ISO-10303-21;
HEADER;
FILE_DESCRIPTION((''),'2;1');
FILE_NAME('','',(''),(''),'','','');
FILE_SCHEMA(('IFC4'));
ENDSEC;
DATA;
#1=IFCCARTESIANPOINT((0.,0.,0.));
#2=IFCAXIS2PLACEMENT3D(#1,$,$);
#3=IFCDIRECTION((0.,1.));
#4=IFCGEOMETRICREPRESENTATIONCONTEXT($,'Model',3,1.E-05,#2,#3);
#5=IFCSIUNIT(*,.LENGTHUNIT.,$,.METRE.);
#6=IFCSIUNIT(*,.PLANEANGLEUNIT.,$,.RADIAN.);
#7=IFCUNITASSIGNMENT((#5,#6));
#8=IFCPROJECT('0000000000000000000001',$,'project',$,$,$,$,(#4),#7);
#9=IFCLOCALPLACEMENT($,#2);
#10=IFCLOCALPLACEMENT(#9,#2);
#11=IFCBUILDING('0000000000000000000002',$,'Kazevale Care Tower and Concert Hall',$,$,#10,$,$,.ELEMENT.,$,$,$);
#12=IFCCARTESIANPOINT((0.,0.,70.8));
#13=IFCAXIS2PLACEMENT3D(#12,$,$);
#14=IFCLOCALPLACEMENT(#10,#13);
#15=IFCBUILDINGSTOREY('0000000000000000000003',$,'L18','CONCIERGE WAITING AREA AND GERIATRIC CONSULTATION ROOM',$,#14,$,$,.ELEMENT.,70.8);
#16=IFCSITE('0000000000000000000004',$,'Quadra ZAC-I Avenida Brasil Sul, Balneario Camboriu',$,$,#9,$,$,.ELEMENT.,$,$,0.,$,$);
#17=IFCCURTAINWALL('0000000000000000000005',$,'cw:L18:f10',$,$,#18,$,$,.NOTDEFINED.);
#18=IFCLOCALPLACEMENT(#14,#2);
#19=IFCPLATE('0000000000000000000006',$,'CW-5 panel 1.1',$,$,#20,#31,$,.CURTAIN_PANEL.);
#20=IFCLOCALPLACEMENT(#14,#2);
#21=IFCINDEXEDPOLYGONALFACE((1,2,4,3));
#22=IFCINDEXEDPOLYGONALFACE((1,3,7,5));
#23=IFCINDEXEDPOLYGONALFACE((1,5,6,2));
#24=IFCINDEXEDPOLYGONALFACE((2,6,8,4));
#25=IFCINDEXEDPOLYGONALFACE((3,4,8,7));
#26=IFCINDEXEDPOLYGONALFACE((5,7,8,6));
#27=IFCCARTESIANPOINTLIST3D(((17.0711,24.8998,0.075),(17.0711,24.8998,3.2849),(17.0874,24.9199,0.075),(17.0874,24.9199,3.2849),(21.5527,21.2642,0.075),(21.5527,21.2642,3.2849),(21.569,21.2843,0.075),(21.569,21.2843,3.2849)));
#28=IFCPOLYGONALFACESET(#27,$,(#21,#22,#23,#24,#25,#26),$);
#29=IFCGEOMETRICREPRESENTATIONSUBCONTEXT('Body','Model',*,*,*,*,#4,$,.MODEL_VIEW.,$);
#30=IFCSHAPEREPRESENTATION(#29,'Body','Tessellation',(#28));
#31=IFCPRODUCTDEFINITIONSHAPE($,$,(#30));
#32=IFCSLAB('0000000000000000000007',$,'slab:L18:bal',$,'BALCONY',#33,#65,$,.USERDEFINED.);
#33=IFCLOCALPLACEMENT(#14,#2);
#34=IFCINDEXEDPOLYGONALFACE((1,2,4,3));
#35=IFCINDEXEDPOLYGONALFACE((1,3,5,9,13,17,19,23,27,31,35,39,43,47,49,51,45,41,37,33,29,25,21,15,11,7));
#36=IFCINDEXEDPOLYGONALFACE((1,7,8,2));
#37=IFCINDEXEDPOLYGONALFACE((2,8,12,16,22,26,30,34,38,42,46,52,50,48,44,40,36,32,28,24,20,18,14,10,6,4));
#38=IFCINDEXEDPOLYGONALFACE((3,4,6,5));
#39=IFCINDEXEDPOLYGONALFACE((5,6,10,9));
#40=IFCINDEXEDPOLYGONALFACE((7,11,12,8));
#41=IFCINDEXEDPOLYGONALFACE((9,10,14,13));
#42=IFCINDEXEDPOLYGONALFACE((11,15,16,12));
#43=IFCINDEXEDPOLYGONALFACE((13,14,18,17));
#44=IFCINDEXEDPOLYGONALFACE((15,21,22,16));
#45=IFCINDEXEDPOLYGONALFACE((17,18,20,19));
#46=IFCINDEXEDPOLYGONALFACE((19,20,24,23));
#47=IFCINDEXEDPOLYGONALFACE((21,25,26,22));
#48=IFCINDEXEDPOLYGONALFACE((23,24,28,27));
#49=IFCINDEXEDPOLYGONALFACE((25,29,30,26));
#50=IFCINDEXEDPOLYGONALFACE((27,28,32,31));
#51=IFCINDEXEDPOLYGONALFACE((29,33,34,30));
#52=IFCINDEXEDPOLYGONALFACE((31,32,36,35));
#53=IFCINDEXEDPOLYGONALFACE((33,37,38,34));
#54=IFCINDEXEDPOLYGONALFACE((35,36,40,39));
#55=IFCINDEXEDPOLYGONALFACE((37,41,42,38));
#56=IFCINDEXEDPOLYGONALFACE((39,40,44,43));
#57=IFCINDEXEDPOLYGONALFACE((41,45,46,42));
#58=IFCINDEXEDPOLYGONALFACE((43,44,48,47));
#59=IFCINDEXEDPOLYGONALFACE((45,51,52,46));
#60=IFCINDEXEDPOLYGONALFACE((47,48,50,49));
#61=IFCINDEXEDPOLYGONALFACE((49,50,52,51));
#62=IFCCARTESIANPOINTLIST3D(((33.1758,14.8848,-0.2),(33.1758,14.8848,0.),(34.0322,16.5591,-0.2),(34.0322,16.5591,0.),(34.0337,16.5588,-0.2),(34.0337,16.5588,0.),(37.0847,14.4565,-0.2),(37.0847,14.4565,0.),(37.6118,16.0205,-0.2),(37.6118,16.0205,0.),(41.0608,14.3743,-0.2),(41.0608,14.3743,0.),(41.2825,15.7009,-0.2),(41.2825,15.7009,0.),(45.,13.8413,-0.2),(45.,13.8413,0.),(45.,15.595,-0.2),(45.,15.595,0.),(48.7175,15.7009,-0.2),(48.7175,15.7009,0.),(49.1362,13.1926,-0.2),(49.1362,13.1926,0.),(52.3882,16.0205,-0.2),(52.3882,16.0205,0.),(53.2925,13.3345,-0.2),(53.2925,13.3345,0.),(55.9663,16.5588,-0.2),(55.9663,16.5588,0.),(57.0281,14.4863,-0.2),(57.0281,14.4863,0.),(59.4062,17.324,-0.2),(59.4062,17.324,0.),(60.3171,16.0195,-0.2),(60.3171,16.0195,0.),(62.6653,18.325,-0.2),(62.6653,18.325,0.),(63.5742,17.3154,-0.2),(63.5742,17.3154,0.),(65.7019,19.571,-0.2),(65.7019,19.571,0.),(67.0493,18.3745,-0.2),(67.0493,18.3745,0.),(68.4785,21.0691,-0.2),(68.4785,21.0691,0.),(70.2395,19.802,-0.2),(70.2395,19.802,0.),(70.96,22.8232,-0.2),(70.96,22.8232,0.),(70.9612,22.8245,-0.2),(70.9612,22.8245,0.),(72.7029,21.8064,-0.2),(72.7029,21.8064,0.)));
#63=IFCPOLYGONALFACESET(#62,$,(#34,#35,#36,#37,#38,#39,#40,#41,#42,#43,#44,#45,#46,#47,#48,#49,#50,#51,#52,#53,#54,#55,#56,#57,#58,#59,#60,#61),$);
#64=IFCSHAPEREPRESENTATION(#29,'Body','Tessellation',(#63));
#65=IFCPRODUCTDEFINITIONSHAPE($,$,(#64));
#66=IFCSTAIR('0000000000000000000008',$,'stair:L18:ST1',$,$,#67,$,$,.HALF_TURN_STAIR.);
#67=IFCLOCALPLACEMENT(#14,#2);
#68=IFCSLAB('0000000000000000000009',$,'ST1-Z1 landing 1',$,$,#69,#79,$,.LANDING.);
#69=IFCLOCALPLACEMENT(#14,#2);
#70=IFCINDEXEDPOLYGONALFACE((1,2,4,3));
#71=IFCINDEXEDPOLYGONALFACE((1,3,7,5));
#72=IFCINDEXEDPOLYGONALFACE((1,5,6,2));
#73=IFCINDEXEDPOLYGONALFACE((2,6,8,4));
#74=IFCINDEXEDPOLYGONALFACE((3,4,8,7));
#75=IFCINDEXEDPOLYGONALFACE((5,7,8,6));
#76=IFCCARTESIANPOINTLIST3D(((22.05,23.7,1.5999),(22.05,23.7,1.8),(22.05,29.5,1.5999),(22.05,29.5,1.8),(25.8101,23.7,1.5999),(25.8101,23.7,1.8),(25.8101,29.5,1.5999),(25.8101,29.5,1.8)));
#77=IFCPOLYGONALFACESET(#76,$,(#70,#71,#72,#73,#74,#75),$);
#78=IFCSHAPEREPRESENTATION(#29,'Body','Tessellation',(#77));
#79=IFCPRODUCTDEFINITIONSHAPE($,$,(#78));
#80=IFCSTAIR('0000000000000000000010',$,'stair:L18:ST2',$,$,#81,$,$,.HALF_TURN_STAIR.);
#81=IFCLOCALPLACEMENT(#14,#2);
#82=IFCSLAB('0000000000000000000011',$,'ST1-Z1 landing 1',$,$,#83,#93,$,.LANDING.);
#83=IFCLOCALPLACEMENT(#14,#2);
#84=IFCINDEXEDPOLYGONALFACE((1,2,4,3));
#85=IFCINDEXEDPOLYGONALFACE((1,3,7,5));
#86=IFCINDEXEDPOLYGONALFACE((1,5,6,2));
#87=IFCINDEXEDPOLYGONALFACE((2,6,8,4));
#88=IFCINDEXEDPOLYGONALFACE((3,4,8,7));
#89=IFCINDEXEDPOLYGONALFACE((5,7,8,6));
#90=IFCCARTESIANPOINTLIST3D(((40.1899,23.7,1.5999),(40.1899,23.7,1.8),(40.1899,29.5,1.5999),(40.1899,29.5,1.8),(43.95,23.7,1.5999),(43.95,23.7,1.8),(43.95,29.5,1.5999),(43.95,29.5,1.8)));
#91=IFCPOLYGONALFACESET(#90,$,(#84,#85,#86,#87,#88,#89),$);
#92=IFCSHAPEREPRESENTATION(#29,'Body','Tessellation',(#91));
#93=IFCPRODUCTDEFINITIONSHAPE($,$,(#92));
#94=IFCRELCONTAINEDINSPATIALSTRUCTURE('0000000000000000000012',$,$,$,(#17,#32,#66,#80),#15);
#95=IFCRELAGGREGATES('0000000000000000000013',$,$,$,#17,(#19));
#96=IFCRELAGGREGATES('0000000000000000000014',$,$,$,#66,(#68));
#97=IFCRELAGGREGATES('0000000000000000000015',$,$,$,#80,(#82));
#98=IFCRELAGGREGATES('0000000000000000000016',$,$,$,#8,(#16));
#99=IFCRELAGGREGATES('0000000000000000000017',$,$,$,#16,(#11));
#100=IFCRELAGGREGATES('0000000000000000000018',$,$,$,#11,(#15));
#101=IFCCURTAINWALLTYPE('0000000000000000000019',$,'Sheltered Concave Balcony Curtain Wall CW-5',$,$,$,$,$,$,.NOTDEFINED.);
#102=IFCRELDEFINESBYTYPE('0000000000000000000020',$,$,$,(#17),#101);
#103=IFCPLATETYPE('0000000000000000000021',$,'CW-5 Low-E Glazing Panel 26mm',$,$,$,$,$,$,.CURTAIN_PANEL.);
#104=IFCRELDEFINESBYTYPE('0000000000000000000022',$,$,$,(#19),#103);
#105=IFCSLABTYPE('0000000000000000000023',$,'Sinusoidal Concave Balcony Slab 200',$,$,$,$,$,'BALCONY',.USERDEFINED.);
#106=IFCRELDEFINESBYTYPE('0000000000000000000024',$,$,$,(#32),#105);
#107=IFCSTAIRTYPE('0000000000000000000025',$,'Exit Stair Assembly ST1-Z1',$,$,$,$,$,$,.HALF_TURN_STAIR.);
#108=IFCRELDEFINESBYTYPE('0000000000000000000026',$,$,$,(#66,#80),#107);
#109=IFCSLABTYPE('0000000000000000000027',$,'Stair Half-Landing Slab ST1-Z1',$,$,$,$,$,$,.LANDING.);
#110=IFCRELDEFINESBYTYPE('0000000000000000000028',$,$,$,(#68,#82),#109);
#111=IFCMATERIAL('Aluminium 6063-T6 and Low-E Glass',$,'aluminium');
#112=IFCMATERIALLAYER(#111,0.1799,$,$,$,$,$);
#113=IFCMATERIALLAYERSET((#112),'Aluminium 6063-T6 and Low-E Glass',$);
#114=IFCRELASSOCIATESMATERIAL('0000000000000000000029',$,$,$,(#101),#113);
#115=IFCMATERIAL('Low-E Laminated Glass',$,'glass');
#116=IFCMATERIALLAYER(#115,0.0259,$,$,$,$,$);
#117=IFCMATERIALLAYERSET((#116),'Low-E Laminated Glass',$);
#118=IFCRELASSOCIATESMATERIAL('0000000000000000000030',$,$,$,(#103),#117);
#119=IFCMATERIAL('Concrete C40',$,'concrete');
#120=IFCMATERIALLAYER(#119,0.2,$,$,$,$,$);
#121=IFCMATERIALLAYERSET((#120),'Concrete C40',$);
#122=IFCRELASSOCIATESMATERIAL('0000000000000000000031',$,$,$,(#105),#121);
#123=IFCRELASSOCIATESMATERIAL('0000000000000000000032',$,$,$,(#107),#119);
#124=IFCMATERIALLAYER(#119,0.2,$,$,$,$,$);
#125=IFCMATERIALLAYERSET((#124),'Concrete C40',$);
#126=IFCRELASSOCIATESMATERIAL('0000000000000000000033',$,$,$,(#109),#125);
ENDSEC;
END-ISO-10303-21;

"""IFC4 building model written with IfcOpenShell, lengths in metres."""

from ifc_helpers import new_model, si_unit, direction, frame, origin, origin_2d, place, context, subcontext, project, spatial, polyline, rectangle, outline, extrude, material, layer, layer_set, type_object, element, aggregate, save


model = new_model("IFC4")

# Units and contexts
model_context = context("Model", 3, precision=1e-05, world=origin(), true_north=direction((0.0, 1.0)))
body_context = subcontext(model_context, "Body", "Model", "MODEL_VIEW")
ifc_project = project(units=[si_unit("LENGTHUNIT", "METRE"), si_unit("PLANEANGLEUNIT", "RADIAN")], contexts=[model_context])

# Site, building, storey
site_placement = place(None, origin())
site = spatial("IfcSite", under=ifc_project, at=site_placement, Name="Quadra ZAC-I Avenida Brasil Sul, Balneario Camboriu", CompositionType="ELEMENT", RefElevation=0.0)
building_placement = place(site_placement, origin())
building = spatial("IfcBuilding", under=site, at=building_placement, Name="Kazevale Care Tower and Concert Hall", CompositionType="ELEMENT")
storey_placement = place(building_placement, frame((0.0, 0.0, 70.8)))
storey = spatial("IfcBuildingStorey", under=building, at=storey_placement, Name="L18", Description="CONCIERGE WAITING AREA AND GERIATRIC CONSULTATION ROOM", CompositionType="ELEMENT", Elevation=70.8)

# Shared definitions
ifc_material_1 = material(Name="Aluminium 6063-T6 and Low-E Glass", Category="aluminium")

# Shared definitions
ifc_layer_1 = layer(ifc_material_1, 0.1799)
ifc_layer_set_1 = layer_set([ifc_layer_1], Name="Aluminium 6063-T6 and Low-E Glass")
curtain_wall_type_1 = type_object("IfcCurtainWallType", Name="Sheltered Concave Balcony Curtain Wall CW-5", PredefinedType="NOTDEFINED", material=ifc_layer_set_1)

# Curtain wall
curtain_wall_1_placement = place(storey_placement, origin())
curtain_wall_1 = element("IfcCurtainWall", 1, at=curtain_wall_1_placement, inside=storey, type_object=curtain_wall_type_1, Name="cw:L18:f10", PredefinedType="NOTDEFINED")

# Plate
ifc_material_2 = material(Name="Low-E Laminated Glass", Category="glass")
ifc_layer_2 = layer(ifc_material_2, 0.0259)
ifc_layer_set_2 = layer_set([ifc_layer_2], Name="Low-E Laminated Glass")
plate_type_1 = type_object("IfcPlateType", Name="CW-5 Low-E Glazing Panel 26mm", PredefinedType="CURTAIN_PANEL", material=ifc_layer_set_2)
plate_1_placement = place(storey_placement, frame((19.3201, 23.092, 0.075), z_axis=(0.0, 0.0, 1.0), x_axis=(-0.776599, 0.629995, 0.0)))
plate_1 = element("IfcPlate", 2, at=plate_1_placement, type_object=plate_type_1, Name="CW-5 panel 1.1", PredefinedType="CURTAIN_PANEL", context=body_context, shape_type="SweptSolid", body=[
    extrude(rectangle(XDim=5.7708, YDim=0.0259, at=origin_2d()), origin(), (0.0, 0.0, 1.0), 3.21),
])
aggregate(curtain_wall_1, [plate_1])

# Slab
ifc_material_3 = material(Name="Concrete C40", Category="concrete")
ifc_layer_3 = layer(ifc_material_3, 0.2)
ifc_layer_set_3 = layer_set([ifc_layer_3], Name="Concrete C40")
slab_type_1 = type_object("IfcSlabType", Name="Sinusoidal Concave Balcony Slab 200", ElementType="BALCONY", PredefinedType="USERDEFINED", material=ifc_layer_set_3)
slab_1_placement = place(storey_placement, frame((0.0, 0.0, -0.2)))
element("IfcSlab", 3, at=slab_1_placement, inside=storey, type_object=slab_type_1, Name="slab:L18:bal", ObjectType="BALCONY", PredefinedType="USERDEFINED", context=body_context, shape_type="SweptSolid", body=[
    extrude(outline(polyline([(72.7029, 21.8064), (70.2395, 19.802), (67.0493, 18.3745), (63.5742, 17.3154), (60.3171, 16.0195), (57.0281, 14.4863), (53.2925, 13.3345), (49.1362, 13.1926), (45.0, 13.8413), (41.0608, 14.3743), (37.0847, 14.4565), (33.1758, 14.8848), (34.0322, 16.5591), (34.0337, 16.5588), (37.6118, 16.0205), (41.2825, 15.7009), (45.0, 15.595), (48.7175, 15.7009), (52.3882, 16.0205), (55.9663, 16.5588), (59.4062, 17.324), (62.6653, 18.325), (65.7019, 19.571), (68.4785, 21.0691), (70.96, 22.8232), (70.9612, 22.8245), (72.7029, 21.8064)])), origin(), (0.0, 0.0, 1.0), 0.2),
])

# Stairs, slabs
stair_type = type_object("IfcStairType", Name="Exit Stair Assembly ST1-Z1", PredefinedType="HALF_TURN_STAIR", material=ifc_material_3)
stair_1_placement = place(storey_placement, origin())
stair_1 = element("IfcStair", 4, at=stair_1_placement, inside=storey, type_object=stair_type, Name="stair:L18:ST1", PredefinedType="HALF_TURN_STAIR")
ifc_layer_4 = layer(ifc_material_3, 0.2)
ifc_layer_set_4 = layer_set([ifc_layer_4], Name="Concrete C40")
slab_type_2 = type_object("IfcSlabType", Name="Stair Half-Landing Slab ST1-Z1", PredefinedType="LANDING", material=ifc_layer_set_4)
slab_2_placement = place(storey_placement, frame((0.0, 0.0, 1.5999)))
slab_2 = element("IfcSlab", 5, at=slab_2_placement, type_object=slab_type_2, Name="ST1-Z1 landing 1", PredefinedType="LANDING", context=body_context, shape_type="SweptSolid", body=[
    extrude(outline(polyline([(22.05, 23.7), (25.8101, 23.7), (25.8101, 29.5), (22.05, 29.5), (22.05, 23.7)])), origin(), (0.0, 0.0, 1.0), 0.2002),
])
aggregate(stair_1, [slab_2])
stair_2_placement = place(storey_placement, origin())
stair_2 = element("IfcStair", 6, at=stair_2_placement, inside=storey, type_object=stair_type, Name="stair:L18:ST2", PredefinedType="HALF_TURN_STAIR")
slab_3_placement = place(storey_placement, frame((0.0, 0.0, 1.5999)))
slab_3 = element("IfcSlab", 7, at=slab_3_placement, type_object=slab_type_2, Name="ST1-Z1 landing 1", PredefinedType="LANDING", context=body_context, shape_type="SweptSolid", body=[
    extrude(outline(polyline([(40.1899, 23.7), (43.95, 23.7), (43.95, 29.5), (40.1899, 29.5), (40.1899, 23.7)])), origin(), (0.0, 0.0, 1.0), 0.2002),
])
aggregate(stair_2, [slab_3])

save(model, "model.ifc")
